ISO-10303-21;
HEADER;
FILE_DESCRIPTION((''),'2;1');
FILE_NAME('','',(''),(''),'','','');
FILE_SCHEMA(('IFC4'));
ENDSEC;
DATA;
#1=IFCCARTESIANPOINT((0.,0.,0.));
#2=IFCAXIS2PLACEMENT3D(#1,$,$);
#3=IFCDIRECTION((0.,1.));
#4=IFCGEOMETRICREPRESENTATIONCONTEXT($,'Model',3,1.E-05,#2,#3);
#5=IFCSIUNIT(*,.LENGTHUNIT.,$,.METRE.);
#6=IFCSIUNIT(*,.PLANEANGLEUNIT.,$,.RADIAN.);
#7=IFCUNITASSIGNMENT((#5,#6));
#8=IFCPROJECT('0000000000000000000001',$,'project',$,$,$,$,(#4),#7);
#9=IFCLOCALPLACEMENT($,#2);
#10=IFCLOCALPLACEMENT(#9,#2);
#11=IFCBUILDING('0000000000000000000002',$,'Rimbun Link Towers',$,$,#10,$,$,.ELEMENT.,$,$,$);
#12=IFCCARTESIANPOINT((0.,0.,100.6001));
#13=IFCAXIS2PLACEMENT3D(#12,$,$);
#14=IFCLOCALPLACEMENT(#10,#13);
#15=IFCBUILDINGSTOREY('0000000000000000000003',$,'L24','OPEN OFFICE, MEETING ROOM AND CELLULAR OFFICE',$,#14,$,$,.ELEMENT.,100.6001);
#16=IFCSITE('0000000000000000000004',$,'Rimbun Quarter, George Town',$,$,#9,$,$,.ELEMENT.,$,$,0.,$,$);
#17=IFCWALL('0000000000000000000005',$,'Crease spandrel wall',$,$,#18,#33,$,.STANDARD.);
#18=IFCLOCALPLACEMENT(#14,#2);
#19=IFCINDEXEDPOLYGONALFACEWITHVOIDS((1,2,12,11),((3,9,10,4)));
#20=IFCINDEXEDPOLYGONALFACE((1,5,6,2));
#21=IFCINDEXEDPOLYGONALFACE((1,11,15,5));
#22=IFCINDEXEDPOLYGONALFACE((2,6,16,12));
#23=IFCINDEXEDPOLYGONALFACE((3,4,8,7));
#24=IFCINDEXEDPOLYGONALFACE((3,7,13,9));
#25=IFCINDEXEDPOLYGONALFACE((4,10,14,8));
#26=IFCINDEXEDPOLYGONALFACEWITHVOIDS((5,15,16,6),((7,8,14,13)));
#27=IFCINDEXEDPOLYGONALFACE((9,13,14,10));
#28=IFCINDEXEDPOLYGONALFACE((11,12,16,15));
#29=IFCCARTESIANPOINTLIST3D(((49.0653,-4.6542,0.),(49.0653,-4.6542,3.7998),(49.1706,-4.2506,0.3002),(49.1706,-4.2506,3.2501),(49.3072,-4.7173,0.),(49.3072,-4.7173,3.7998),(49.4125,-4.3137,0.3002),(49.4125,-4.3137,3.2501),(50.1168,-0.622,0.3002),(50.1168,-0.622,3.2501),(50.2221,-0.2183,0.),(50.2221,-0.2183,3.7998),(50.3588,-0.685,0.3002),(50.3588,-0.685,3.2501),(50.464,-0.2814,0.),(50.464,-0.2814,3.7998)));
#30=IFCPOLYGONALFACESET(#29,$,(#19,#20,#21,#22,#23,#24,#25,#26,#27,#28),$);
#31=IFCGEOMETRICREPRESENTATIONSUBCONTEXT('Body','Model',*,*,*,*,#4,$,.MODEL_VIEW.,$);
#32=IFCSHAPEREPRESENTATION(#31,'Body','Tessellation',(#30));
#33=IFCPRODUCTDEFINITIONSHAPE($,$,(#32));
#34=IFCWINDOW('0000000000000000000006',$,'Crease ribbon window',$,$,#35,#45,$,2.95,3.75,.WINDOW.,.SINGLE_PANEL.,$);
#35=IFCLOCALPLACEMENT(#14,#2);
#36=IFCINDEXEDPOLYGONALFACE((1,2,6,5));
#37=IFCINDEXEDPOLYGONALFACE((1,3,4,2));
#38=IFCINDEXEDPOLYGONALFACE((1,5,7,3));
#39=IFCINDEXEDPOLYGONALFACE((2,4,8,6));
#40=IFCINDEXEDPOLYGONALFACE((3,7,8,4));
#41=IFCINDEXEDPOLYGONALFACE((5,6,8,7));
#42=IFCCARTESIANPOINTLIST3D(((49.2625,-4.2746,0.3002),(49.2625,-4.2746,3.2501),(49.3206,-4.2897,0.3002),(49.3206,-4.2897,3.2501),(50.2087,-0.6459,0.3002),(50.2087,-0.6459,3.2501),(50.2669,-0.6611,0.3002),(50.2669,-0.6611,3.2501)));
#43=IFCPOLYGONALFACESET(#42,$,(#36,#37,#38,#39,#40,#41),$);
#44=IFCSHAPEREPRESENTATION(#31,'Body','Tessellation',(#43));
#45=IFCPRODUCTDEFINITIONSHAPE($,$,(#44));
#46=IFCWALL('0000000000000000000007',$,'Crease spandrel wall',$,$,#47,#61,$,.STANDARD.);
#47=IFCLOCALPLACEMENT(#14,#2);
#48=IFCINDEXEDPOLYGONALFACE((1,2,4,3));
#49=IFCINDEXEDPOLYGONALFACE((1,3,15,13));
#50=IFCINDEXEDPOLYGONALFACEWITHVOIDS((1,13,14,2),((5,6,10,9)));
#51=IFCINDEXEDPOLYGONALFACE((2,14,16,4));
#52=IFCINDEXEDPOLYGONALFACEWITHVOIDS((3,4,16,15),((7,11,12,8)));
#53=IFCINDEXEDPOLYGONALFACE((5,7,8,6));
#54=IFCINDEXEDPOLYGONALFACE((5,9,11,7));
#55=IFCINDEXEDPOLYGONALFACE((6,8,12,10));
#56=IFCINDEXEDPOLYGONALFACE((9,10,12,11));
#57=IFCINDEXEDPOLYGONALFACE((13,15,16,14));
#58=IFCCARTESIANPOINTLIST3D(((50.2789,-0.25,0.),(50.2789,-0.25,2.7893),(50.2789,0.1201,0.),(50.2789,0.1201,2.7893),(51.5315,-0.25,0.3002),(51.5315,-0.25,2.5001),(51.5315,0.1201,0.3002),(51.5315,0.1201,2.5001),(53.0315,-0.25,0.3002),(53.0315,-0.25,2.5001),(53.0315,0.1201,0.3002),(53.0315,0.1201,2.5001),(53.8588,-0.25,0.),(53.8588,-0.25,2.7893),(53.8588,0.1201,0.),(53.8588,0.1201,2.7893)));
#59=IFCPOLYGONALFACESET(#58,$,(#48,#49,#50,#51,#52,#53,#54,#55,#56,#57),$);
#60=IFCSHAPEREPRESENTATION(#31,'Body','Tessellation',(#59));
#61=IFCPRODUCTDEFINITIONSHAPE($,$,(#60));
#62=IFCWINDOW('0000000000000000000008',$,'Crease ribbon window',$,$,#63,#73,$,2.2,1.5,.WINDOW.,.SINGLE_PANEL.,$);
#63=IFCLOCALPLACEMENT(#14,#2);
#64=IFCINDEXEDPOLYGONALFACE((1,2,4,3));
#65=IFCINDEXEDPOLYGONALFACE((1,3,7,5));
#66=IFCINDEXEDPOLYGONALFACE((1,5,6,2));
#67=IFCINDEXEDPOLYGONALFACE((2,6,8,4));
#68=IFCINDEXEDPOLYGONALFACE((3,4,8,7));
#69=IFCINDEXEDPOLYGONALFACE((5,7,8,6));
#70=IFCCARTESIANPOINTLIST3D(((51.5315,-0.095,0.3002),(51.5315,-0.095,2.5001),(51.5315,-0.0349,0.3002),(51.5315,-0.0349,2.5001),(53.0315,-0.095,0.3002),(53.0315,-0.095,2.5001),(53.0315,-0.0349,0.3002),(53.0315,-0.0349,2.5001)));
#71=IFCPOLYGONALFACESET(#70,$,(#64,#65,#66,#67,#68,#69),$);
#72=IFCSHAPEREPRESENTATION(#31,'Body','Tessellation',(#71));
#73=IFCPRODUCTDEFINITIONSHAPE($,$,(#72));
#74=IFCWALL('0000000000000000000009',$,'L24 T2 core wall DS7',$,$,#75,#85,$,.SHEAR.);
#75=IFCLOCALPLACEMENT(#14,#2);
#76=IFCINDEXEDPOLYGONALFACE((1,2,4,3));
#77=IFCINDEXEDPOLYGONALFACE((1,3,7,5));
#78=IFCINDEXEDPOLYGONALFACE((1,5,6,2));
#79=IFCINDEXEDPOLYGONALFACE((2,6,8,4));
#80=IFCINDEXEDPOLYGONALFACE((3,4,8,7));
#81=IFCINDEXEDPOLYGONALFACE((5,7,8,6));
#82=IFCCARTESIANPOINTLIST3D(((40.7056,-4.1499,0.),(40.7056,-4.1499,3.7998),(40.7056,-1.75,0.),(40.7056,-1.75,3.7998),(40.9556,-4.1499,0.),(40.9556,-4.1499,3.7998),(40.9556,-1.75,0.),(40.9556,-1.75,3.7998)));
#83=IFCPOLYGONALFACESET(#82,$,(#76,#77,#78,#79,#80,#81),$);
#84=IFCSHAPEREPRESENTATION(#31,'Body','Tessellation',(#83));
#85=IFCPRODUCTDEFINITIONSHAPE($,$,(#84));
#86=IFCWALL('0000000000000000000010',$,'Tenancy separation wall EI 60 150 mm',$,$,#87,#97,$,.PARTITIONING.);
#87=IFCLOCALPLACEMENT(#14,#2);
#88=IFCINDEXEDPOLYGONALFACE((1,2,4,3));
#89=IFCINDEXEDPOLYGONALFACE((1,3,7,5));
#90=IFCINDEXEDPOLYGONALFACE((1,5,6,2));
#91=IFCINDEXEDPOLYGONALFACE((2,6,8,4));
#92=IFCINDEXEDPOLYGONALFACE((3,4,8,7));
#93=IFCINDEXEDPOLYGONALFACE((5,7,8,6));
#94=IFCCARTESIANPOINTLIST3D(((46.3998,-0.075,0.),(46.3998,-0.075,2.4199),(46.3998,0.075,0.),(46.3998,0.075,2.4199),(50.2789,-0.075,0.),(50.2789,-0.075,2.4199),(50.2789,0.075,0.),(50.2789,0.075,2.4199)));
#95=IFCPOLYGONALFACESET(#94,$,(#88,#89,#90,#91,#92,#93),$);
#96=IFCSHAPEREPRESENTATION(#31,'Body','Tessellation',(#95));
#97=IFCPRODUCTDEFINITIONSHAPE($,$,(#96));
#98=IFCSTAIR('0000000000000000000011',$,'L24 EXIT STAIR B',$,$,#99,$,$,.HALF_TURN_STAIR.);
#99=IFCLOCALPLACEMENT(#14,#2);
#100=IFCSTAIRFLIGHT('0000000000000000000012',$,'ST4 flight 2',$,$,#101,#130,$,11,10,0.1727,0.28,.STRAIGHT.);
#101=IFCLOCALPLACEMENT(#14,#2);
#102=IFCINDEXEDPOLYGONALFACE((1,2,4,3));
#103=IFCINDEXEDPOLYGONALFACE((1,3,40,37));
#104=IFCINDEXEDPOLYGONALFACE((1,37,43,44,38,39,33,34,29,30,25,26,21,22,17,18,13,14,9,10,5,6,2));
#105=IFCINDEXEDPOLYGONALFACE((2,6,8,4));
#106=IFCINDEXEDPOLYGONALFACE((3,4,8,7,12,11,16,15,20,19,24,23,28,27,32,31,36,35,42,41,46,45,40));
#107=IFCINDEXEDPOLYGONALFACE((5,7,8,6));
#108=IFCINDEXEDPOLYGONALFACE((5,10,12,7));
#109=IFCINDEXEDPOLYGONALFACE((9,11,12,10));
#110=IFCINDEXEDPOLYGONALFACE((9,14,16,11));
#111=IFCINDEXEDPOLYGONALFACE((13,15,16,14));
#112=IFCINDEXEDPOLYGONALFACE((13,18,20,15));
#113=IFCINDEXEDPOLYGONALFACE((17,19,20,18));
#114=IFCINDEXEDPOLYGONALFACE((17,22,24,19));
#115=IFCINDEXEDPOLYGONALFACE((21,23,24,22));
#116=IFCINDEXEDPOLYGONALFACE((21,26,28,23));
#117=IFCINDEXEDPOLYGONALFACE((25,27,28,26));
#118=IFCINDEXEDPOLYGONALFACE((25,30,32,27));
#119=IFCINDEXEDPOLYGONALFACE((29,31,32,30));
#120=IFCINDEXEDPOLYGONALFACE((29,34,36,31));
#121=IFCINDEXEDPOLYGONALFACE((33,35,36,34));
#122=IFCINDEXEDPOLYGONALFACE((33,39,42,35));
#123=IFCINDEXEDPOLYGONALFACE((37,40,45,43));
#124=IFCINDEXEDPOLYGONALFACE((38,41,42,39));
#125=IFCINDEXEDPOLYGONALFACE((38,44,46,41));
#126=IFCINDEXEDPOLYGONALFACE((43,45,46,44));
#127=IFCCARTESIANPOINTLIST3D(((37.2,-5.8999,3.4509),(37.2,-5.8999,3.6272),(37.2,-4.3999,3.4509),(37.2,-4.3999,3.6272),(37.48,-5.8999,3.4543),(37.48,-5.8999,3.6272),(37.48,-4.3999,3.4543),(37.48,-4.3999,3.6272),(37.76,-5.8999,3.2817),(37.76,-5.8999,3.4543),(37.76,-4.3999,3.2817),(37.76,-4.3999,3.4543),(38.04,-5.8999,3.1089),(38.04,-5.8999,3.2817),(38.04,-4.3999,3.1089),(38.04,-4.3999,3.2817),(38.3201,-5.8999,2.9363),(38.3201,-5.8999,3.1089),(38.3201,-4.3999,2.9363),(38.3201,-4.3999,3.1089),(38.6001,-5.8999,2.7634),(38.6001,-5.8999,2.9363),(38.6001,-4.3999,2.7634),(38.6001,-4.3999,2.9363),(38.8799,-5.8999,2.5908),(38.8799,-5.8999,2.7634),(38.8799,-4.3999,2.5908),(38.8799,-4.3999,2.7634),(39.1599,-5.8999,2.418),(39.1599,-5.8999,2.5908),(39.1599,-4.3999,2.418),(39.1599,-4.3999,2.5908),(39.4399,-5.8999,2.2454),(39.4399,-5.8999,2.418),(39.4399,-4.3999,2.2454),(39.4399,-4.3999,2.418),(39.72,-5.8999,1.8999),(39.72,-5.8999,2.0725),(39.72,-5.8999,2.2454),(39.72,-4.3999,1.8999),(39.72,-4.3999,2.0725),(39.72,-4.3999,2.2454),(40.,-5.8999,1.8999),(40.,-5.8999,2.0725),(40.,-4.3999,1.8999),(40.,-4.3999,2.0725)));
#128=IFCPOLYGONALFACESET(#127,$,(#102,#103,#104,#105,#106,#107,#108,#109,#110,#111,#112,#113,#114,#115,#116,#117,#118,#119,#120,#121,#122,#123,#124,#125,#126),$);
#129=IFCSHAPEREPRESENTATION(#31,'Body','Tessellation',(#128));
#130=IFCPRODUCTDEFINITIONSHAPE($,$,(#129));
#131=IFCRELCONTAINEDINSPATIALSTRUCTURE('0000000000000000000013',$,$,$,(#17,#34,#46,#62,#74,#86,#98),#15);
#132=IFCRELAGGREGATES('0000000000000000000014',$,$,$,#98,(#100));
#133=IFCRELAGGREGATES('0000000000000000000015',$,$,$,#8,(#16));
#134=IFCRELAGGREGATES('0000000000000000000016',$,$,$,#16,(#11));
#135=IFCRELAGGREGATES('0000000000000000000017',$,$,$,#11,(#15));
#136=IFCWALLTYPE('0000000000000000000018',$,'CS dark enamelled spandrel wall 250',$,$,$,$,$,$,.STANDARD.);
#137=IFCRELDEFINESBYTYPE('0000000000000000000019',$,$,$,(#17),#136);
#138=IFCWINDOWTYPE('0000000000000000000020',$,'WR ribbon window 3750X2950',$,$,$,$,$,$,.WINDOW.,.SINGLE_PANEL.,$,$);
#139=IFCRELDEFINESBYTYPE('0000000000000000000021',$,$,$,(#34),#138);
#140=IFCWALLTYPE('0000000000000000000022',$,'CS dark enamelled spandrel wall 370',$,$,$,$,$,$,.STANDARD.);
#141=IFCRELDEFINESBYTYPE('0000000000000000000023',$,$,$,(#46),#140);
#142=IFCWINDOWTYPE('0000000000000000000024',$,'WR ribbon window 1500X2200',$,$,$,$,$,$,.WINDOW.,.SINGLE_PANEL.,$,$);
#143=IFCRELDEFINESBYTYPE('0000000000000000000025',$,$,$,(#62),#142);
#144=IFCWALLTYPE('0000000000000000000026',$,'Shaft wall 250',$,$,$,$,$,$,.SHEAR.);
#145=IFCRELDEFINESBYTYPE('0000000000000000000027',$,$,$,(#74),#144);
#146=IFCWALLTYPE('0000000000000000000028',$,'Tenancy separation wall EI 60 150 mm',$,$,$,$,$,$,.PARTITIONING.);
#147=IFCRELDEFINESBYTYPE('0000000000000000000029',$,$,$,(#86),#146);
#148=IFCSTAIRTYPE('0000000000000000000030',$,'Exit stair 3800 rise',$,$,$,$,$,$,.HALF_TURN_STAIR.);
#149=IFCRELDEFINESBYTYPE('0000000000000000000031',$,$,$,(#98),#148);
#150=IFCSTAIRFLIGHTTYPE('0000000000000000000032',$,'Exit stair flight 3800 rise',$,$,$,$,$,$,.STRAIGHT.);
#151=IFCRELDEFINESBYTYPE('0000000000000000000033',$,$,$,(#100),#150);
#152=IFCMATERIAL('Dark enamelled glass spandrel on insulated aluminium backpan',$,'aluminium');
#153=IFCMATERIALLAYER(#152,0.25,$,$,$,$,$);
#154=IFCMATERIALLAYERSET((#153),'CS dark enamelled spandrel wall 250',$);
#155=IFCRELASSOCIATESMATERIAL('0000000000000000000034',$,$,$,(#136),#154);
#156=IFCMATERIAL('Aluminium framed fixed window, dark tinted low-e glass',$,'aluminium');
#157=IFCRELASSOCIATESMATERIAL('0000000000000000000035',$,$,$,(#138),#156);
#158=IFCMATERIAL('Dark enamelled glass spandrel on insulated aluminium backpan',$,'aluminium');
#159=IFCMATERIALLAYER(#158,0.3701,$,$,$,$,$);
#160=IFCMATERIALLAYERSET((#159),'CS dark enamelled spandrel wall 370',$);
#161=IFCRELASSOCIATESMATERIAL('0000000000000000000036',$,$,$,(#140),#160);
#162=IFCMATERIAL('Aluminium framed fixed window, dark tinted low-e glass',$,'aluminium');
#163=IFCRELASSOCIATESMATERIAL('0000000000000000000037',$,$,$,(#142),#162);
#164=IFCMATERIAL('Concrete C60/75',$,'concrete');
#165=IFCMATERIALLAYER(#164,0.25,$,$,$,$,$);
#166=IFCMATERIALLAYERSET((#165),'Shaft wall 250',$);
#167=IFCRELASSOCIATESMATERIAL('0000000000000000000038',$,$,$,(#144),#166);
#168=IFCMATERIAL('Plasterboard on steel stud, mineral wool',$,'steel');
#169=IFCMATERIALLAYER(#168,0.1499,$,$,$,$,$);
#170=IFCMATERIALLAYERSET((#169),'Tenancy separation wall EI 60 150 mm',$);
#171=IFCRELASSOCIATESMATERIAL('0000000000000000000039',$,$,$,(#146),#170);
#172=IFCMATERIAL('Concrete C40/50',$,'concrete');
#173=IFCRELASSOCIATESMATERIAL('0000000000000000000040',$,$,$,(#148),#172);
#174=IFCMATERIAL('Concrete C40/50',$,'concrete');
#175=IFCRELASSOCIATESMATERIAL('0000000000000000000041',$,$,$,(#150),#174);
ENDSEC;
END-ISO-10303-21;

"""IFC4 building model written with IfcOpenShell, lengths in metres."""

from ifc_helpers import new_model, si_unit, direction, frame, frame_2d, origin, place, context, subcontext, project, spatial, polyline, rectangle, outline, extrude, material, layer, layer_set, type_object, element, fill, aggregate, save


model = new_model("IFC4")

# Units and contexts
model_context = context("Model", 3, precision=1e-05, world=origin(), true_north=direction((0.0, 1.0)))
body_context = subcontext(model_context, "Body", "Model", "MODEL_VIEW")
ifc_project = project(units=[si_unit("LENGTHUNIT", "METRE"), si_unit("PLANEANGLEUNIT", "RADIAN")], contexts=[model_context])

# Site, building, storey
site_placement = place(None, origin())
site = spatial("IfcSite", under=ifc_project, at=site_placement, Name="Rimbun Quarter, George Town", CompositionType="ELEMENT", RefElevation=0.0)
building_placement = place(site_placement, origin())
building = spatial("IfcBuilding", under=site, at=building_placement, Name="Rimbun Link Towers", CompositionType="ELEMENT")
storey_placement = place(building_placement, frame((0.0, 0.0, 100.6001)))
storey = spatial("IfcBuildingStorey", under=building, at=storey_placement, Name="L24", Description="OPEN OFFICE, MEETING ROOM AND CELLULAR OFFICE", CompositionType="ELEMENT", Elevation=100.6001)

# Walls, openings, windows
ifc_material_1 = material(Name="Dark enamelled glass spandrel on insulated aluminium backpan", Category="aluminium")
ifc_layer_1 = layer(ifc_material_1, 0.25)
ifc_layer_set_1 = layer_set([ifc_layer_1], Name="CS dark enamelled spandrel wall 250")
wall_type_1 = type_object("IfcWallType", Name="CS dark enamelled spandrel wall 250", PredefinedType="STANDARD", material=ifc_layer_set_1)
wall_1_placement = place(storey_placement, frame((50.343, -0.25, 0.0), z_axis=(0.0, 0.0, 1.0), x_axis=(-0.252335, -0.96764, 0.0)))
wall_1 = element("IfcWall", 1, at=wall_1_placement, inside=storey, type_object=wall_type_1, Name="Crease spandrel wall", PredefinedType="STANDARD", context=body_context, shape_type="SweptSolid", body=[
    extrude(rectangle(XDim=4.5842, YDim=0.25, at=frame_2d((2.292, 0.0))), origin(), (0.0, 0.0, 1.0), 3.7998),
])
opening_1_placement = place(wall_1_placement, frame((0.417, 0.0, 0.3)))
opening_1 = element("IfcOpeningElement", 2, at=opening_1_placement, cuts=wall_1, PredefinedType="OPENING", context=body_context, shape_type="SweptSolid", body=[
    extrude(rectangle(XDim=3.75, YDim=2.95, at=frame_2d((1.875, 1.4751))), frame((0.0, 0.135, 0.0), z_axis=(0.0, -1.0, 0.0), x_axis=(1.0, 0.0, 0.0)), (0.0, 0.0, 1.0), 0.27),
])
ifc_material_2 = material(Name="Aluminium framed fixed window, dark tinted low-e glass", Category="aluminium")
window_type_1 = type_object("IfcWindowType", Name="WR ribbon window 3750X2950", PartitioningType="SINGLE_PANEL", PredefinedType="WINDOW", material=ifc_material_2)
window_1_placement = place(opening_1_placement, origin())
window_1 = element("IfcWindow", 3, at=window_1_placement, inside=storey, type_object=window_type_1, Name="Crease ribbon window", OverallHeight=2.95, OverallWidth=3.75, PartitioningType="SINGLE_PANEL", PredefinedType="WINDOW", context=body_context, shape_type="SweptSolid", body=[
    extrude(rectangle(XDim=3.75, YDim=2.95, at=frame_2d((1.875, 1.4751))), frame((0.0, 0.03, 0.0), z_axis=(0.0, -1.0, 0.0), x_axis=(1.0, 0.0, 0.0)), (0.0, 0.0, 1.0), 0.0601),
])
fill(opening_1, window_1)
ifc_material_3 = material(Name="Dark enamelled glass spandrel on insulated aluminium backpan", Category="aluminium")
ifc_layer_2 = layer(ifc_material_3, 0.3701)
ifc_layer_set_2 = layer_set([ifc_layer_2], Name="CS dark enamelled spandrel wall 370")
wall_type_2 = type_object("IfcWallType", Name="CS dark enamelled spandrel wall 370", PredefinedType="STANDARD", material=ifc_layer_set_2)
wall_2_placement = place(storey_placement, frame((53.8589, -0.0649, 0.0), z_axis=(0.0, 0.0, 1.0), x_axis=(-1.0, 0.0, 0.0)))
wall_2 = element("IfcWall", 4, at=wall_2_placement, inside=storey, type_object=wall_type_2, Name="Crease spandrel wall", PredefinedType="STANDARD", context=body_context, shape_type="SweptSolid", body=[
    extrude(rectangle(XDim=3.5798, YDim=0.3701, at=frame_2d((1.79, 0.0))), origin(), (0.0, 0.0, 1.0), 2.7893),
])
opening_2_placement = place(wall_2_placement, frame((0.8274, 0.0, 0.3)))
opening_2 = element("IfcOpeningElement", 5, at=opening_2_placement, cuts=wall_2, PredefinedType="OPENING", context=body_context, shape_type="SweptSolid", body=[
    extrude(rectangle(XDim=1.5, YDim=2.2, at=frame_2d((0.75, 1.1001))), frame((0.0, 0.1951, 0.0), z_axis=(0.0, -1.0, 0.0), x_axis=(1.0, 0.0, 0.0)), (0.0, 0.0, 1.0), 0.3901),
])
ifc_material_4 = material(Name="Aluminium framed fixed window, dark tinted low-e glass", Category="aluminium")
window_type_2 = type_object("IfcWindowType", Name="WR ribbon window 1500X2200", PartitioningType="SINGLE_PANEL", PredefinedType="WINDOW", material=ifc_material_4)
window_2_placement = place(opening_2_placement, origin())
window_2 = element("IfcWindow", 6, at=window_2_placement, inside=storey, type_object=window_type_2, Name="Crease ribbon window", OverallHeight=2.2, OverallWidth=1.5, PartitioningType="SINGLE_PANEL", PredefinedType="WINDOW", context=body_context, shape_type="SweptSolid", body=[
    extrude(rectangle(XDim=1.5, YDim=2.2, at=frame_2d((0.75, 1.1001))), frame((0.0, 0.03, 0.0), z_axis=(0.0, -1.0, 0.0), x_axis=(1.0, 0.0, 0.0)), (0.0, 0.0, 1.0), 0.0601),
])
fill(opening_2, window_2)

# Walls
ifc_material_5 = material(Name="Concrete C60/75", Category="concrete")
ifc_layer_3 = layer(ifc_material_5, 0.25)
ifc_layer_set_3 = layer_set([ifc_layer_3], Name="Shaft wall 250")
wall_type_3 = type_object("IfcWallType", Name="Shaft wall 250", PredefinedType="SHEAR", material=ifc_layer_set_3)
wall_3_placement = place(storey_placement, frame((40.8306, -4.1499, 0.0), z_axis=(0.0, 0.0, 1.0), x_axis=(0.0, 1.0, 0.0)))
element("IfcWall", 7, at=wall_3_placement, inside=storey, type_object=wall_type_3, Name="L24 T2 core wall DS7", PredefinedType="SHEAR", context=body_context, shape_type="SweptSolid", body=[
    extrude(rectangle(XDim=2.3999, YDim=0.25, at=frame_2d((1.2, 0.0))), origin(), (0.0, 0.0, 1.0), 3.7998),
])
ifc_material_6 = material(Name="Plasterboard on steel stud, mineral wool", Category="steel")
ifc_layer_4 = layer(ifc_material_6, 0.1499)
ifc_layer_set_4 = layer_set([ifc_layer_4], Name="Tenancy separation wall EI 60 150 mm")
wall_type_4 = type_object("IfcWallType", Name="Tenancy separation wall EI 60 150 mm", PredefinedType="PARTITIONING", material=ifc_layer_set_4)
wall_4_placement = place(storey_placement, frame((46.3999, 0.0, 0.0), z_axis=(0.0, 0.0, 1.0), x_axis=(1.0, 0.0, 0.0)))
element("IfcWall", 8, at=wall_4_placement, inside=storey, type_object=wall_type_4, Name="Tenancy separation wall EI 60 150 mm", PredefinedType="PARTITIONING", context=body_context, shape_type="SweptSolid", body=[
    extrude(rectangle(XDim=3.8792, YDim=0.1499, at=frame_2d((1.9395, 0.0))), origin(), (0.0, 0.0, 1.0), 2.4199),
])

# Stair, stair flight
ifc_material_7 = material(Name="Concrete C40/50", Category="concrete")
stair_type = type_object("IfcStairType", Name="Exit stair 3800 rise", PredefinedType="HALF_TURN_STAIR", material=ifc_material_7)
stair_placement = place(storey_placement, origin())
stair = element("IfcStair", 9, at=stair_placement, inside=storey, type_object=stair_type, Name="L24 EXIT STAIR B", PredefinedType="HALF_TURN_STAIR")
ifc_material_8 = material(Name="Concrete C40/50", Category="concrete")
stair_flight_type = type_object("IfcStairFlightType", Name="Exit stair flight 3800 rise", PredefinedType="STRAIGHT", material=ifc_material_8)
stair_flight_placement = place(storey_placement, frame((40.0, -5.1499, 1.8999), z_axis=(0.0, 0.0, 1.0), x_axis=(-1.0, 0.0, 0.0)))
stair_flight = element("IfcStairFlight", 10, at=stair_flight_placement, type_object=stair_flight_type, Name="ST4 flight 2", NumberOfRisers=11, NumberOfTreads=10, PredefinedType="STRAIGHT", RiserHeight=0.1727, TreadLength=0.28, context=body_context, shape_type="SweptSolid", body=[
    extrude(outline(polyline([(0.0, 0.0), (0.0, 0.1726), (0.28, 0.1726), (0.28, 0.3455), (0.5601, 0.3455), (0.5601, 0.5181), (0.8401, 0.5181), (0.8401, 0.6909), (1.1201, 0.6909), (1.1201, 0.8635), (1.3999, 0.8635), (1.3999, 1.0364), (1.6799, 1.0364), (1.6799, 1.209), (1.96, 1.209), (1.96, 1.3818), (2.24, 1.3818), (2.24, 1.5544), (2.52, 1.5544), (2.52, 1.7273), (2.8, 1.7273), (2.8, 1.8999), (2.8, 1.551), (0.28, 0.0), (0.0, 0.0)])), frame((0.0, 0.75, 0.0), z_axis=(0.0, -1.0, 0.0), x_axis=(1.0, 0.0, 0.0)), (0.0, 0.0, 1.0), 1.5),
])
aggregate(stair, [stair_flight])

save(model, "model.ifc")
